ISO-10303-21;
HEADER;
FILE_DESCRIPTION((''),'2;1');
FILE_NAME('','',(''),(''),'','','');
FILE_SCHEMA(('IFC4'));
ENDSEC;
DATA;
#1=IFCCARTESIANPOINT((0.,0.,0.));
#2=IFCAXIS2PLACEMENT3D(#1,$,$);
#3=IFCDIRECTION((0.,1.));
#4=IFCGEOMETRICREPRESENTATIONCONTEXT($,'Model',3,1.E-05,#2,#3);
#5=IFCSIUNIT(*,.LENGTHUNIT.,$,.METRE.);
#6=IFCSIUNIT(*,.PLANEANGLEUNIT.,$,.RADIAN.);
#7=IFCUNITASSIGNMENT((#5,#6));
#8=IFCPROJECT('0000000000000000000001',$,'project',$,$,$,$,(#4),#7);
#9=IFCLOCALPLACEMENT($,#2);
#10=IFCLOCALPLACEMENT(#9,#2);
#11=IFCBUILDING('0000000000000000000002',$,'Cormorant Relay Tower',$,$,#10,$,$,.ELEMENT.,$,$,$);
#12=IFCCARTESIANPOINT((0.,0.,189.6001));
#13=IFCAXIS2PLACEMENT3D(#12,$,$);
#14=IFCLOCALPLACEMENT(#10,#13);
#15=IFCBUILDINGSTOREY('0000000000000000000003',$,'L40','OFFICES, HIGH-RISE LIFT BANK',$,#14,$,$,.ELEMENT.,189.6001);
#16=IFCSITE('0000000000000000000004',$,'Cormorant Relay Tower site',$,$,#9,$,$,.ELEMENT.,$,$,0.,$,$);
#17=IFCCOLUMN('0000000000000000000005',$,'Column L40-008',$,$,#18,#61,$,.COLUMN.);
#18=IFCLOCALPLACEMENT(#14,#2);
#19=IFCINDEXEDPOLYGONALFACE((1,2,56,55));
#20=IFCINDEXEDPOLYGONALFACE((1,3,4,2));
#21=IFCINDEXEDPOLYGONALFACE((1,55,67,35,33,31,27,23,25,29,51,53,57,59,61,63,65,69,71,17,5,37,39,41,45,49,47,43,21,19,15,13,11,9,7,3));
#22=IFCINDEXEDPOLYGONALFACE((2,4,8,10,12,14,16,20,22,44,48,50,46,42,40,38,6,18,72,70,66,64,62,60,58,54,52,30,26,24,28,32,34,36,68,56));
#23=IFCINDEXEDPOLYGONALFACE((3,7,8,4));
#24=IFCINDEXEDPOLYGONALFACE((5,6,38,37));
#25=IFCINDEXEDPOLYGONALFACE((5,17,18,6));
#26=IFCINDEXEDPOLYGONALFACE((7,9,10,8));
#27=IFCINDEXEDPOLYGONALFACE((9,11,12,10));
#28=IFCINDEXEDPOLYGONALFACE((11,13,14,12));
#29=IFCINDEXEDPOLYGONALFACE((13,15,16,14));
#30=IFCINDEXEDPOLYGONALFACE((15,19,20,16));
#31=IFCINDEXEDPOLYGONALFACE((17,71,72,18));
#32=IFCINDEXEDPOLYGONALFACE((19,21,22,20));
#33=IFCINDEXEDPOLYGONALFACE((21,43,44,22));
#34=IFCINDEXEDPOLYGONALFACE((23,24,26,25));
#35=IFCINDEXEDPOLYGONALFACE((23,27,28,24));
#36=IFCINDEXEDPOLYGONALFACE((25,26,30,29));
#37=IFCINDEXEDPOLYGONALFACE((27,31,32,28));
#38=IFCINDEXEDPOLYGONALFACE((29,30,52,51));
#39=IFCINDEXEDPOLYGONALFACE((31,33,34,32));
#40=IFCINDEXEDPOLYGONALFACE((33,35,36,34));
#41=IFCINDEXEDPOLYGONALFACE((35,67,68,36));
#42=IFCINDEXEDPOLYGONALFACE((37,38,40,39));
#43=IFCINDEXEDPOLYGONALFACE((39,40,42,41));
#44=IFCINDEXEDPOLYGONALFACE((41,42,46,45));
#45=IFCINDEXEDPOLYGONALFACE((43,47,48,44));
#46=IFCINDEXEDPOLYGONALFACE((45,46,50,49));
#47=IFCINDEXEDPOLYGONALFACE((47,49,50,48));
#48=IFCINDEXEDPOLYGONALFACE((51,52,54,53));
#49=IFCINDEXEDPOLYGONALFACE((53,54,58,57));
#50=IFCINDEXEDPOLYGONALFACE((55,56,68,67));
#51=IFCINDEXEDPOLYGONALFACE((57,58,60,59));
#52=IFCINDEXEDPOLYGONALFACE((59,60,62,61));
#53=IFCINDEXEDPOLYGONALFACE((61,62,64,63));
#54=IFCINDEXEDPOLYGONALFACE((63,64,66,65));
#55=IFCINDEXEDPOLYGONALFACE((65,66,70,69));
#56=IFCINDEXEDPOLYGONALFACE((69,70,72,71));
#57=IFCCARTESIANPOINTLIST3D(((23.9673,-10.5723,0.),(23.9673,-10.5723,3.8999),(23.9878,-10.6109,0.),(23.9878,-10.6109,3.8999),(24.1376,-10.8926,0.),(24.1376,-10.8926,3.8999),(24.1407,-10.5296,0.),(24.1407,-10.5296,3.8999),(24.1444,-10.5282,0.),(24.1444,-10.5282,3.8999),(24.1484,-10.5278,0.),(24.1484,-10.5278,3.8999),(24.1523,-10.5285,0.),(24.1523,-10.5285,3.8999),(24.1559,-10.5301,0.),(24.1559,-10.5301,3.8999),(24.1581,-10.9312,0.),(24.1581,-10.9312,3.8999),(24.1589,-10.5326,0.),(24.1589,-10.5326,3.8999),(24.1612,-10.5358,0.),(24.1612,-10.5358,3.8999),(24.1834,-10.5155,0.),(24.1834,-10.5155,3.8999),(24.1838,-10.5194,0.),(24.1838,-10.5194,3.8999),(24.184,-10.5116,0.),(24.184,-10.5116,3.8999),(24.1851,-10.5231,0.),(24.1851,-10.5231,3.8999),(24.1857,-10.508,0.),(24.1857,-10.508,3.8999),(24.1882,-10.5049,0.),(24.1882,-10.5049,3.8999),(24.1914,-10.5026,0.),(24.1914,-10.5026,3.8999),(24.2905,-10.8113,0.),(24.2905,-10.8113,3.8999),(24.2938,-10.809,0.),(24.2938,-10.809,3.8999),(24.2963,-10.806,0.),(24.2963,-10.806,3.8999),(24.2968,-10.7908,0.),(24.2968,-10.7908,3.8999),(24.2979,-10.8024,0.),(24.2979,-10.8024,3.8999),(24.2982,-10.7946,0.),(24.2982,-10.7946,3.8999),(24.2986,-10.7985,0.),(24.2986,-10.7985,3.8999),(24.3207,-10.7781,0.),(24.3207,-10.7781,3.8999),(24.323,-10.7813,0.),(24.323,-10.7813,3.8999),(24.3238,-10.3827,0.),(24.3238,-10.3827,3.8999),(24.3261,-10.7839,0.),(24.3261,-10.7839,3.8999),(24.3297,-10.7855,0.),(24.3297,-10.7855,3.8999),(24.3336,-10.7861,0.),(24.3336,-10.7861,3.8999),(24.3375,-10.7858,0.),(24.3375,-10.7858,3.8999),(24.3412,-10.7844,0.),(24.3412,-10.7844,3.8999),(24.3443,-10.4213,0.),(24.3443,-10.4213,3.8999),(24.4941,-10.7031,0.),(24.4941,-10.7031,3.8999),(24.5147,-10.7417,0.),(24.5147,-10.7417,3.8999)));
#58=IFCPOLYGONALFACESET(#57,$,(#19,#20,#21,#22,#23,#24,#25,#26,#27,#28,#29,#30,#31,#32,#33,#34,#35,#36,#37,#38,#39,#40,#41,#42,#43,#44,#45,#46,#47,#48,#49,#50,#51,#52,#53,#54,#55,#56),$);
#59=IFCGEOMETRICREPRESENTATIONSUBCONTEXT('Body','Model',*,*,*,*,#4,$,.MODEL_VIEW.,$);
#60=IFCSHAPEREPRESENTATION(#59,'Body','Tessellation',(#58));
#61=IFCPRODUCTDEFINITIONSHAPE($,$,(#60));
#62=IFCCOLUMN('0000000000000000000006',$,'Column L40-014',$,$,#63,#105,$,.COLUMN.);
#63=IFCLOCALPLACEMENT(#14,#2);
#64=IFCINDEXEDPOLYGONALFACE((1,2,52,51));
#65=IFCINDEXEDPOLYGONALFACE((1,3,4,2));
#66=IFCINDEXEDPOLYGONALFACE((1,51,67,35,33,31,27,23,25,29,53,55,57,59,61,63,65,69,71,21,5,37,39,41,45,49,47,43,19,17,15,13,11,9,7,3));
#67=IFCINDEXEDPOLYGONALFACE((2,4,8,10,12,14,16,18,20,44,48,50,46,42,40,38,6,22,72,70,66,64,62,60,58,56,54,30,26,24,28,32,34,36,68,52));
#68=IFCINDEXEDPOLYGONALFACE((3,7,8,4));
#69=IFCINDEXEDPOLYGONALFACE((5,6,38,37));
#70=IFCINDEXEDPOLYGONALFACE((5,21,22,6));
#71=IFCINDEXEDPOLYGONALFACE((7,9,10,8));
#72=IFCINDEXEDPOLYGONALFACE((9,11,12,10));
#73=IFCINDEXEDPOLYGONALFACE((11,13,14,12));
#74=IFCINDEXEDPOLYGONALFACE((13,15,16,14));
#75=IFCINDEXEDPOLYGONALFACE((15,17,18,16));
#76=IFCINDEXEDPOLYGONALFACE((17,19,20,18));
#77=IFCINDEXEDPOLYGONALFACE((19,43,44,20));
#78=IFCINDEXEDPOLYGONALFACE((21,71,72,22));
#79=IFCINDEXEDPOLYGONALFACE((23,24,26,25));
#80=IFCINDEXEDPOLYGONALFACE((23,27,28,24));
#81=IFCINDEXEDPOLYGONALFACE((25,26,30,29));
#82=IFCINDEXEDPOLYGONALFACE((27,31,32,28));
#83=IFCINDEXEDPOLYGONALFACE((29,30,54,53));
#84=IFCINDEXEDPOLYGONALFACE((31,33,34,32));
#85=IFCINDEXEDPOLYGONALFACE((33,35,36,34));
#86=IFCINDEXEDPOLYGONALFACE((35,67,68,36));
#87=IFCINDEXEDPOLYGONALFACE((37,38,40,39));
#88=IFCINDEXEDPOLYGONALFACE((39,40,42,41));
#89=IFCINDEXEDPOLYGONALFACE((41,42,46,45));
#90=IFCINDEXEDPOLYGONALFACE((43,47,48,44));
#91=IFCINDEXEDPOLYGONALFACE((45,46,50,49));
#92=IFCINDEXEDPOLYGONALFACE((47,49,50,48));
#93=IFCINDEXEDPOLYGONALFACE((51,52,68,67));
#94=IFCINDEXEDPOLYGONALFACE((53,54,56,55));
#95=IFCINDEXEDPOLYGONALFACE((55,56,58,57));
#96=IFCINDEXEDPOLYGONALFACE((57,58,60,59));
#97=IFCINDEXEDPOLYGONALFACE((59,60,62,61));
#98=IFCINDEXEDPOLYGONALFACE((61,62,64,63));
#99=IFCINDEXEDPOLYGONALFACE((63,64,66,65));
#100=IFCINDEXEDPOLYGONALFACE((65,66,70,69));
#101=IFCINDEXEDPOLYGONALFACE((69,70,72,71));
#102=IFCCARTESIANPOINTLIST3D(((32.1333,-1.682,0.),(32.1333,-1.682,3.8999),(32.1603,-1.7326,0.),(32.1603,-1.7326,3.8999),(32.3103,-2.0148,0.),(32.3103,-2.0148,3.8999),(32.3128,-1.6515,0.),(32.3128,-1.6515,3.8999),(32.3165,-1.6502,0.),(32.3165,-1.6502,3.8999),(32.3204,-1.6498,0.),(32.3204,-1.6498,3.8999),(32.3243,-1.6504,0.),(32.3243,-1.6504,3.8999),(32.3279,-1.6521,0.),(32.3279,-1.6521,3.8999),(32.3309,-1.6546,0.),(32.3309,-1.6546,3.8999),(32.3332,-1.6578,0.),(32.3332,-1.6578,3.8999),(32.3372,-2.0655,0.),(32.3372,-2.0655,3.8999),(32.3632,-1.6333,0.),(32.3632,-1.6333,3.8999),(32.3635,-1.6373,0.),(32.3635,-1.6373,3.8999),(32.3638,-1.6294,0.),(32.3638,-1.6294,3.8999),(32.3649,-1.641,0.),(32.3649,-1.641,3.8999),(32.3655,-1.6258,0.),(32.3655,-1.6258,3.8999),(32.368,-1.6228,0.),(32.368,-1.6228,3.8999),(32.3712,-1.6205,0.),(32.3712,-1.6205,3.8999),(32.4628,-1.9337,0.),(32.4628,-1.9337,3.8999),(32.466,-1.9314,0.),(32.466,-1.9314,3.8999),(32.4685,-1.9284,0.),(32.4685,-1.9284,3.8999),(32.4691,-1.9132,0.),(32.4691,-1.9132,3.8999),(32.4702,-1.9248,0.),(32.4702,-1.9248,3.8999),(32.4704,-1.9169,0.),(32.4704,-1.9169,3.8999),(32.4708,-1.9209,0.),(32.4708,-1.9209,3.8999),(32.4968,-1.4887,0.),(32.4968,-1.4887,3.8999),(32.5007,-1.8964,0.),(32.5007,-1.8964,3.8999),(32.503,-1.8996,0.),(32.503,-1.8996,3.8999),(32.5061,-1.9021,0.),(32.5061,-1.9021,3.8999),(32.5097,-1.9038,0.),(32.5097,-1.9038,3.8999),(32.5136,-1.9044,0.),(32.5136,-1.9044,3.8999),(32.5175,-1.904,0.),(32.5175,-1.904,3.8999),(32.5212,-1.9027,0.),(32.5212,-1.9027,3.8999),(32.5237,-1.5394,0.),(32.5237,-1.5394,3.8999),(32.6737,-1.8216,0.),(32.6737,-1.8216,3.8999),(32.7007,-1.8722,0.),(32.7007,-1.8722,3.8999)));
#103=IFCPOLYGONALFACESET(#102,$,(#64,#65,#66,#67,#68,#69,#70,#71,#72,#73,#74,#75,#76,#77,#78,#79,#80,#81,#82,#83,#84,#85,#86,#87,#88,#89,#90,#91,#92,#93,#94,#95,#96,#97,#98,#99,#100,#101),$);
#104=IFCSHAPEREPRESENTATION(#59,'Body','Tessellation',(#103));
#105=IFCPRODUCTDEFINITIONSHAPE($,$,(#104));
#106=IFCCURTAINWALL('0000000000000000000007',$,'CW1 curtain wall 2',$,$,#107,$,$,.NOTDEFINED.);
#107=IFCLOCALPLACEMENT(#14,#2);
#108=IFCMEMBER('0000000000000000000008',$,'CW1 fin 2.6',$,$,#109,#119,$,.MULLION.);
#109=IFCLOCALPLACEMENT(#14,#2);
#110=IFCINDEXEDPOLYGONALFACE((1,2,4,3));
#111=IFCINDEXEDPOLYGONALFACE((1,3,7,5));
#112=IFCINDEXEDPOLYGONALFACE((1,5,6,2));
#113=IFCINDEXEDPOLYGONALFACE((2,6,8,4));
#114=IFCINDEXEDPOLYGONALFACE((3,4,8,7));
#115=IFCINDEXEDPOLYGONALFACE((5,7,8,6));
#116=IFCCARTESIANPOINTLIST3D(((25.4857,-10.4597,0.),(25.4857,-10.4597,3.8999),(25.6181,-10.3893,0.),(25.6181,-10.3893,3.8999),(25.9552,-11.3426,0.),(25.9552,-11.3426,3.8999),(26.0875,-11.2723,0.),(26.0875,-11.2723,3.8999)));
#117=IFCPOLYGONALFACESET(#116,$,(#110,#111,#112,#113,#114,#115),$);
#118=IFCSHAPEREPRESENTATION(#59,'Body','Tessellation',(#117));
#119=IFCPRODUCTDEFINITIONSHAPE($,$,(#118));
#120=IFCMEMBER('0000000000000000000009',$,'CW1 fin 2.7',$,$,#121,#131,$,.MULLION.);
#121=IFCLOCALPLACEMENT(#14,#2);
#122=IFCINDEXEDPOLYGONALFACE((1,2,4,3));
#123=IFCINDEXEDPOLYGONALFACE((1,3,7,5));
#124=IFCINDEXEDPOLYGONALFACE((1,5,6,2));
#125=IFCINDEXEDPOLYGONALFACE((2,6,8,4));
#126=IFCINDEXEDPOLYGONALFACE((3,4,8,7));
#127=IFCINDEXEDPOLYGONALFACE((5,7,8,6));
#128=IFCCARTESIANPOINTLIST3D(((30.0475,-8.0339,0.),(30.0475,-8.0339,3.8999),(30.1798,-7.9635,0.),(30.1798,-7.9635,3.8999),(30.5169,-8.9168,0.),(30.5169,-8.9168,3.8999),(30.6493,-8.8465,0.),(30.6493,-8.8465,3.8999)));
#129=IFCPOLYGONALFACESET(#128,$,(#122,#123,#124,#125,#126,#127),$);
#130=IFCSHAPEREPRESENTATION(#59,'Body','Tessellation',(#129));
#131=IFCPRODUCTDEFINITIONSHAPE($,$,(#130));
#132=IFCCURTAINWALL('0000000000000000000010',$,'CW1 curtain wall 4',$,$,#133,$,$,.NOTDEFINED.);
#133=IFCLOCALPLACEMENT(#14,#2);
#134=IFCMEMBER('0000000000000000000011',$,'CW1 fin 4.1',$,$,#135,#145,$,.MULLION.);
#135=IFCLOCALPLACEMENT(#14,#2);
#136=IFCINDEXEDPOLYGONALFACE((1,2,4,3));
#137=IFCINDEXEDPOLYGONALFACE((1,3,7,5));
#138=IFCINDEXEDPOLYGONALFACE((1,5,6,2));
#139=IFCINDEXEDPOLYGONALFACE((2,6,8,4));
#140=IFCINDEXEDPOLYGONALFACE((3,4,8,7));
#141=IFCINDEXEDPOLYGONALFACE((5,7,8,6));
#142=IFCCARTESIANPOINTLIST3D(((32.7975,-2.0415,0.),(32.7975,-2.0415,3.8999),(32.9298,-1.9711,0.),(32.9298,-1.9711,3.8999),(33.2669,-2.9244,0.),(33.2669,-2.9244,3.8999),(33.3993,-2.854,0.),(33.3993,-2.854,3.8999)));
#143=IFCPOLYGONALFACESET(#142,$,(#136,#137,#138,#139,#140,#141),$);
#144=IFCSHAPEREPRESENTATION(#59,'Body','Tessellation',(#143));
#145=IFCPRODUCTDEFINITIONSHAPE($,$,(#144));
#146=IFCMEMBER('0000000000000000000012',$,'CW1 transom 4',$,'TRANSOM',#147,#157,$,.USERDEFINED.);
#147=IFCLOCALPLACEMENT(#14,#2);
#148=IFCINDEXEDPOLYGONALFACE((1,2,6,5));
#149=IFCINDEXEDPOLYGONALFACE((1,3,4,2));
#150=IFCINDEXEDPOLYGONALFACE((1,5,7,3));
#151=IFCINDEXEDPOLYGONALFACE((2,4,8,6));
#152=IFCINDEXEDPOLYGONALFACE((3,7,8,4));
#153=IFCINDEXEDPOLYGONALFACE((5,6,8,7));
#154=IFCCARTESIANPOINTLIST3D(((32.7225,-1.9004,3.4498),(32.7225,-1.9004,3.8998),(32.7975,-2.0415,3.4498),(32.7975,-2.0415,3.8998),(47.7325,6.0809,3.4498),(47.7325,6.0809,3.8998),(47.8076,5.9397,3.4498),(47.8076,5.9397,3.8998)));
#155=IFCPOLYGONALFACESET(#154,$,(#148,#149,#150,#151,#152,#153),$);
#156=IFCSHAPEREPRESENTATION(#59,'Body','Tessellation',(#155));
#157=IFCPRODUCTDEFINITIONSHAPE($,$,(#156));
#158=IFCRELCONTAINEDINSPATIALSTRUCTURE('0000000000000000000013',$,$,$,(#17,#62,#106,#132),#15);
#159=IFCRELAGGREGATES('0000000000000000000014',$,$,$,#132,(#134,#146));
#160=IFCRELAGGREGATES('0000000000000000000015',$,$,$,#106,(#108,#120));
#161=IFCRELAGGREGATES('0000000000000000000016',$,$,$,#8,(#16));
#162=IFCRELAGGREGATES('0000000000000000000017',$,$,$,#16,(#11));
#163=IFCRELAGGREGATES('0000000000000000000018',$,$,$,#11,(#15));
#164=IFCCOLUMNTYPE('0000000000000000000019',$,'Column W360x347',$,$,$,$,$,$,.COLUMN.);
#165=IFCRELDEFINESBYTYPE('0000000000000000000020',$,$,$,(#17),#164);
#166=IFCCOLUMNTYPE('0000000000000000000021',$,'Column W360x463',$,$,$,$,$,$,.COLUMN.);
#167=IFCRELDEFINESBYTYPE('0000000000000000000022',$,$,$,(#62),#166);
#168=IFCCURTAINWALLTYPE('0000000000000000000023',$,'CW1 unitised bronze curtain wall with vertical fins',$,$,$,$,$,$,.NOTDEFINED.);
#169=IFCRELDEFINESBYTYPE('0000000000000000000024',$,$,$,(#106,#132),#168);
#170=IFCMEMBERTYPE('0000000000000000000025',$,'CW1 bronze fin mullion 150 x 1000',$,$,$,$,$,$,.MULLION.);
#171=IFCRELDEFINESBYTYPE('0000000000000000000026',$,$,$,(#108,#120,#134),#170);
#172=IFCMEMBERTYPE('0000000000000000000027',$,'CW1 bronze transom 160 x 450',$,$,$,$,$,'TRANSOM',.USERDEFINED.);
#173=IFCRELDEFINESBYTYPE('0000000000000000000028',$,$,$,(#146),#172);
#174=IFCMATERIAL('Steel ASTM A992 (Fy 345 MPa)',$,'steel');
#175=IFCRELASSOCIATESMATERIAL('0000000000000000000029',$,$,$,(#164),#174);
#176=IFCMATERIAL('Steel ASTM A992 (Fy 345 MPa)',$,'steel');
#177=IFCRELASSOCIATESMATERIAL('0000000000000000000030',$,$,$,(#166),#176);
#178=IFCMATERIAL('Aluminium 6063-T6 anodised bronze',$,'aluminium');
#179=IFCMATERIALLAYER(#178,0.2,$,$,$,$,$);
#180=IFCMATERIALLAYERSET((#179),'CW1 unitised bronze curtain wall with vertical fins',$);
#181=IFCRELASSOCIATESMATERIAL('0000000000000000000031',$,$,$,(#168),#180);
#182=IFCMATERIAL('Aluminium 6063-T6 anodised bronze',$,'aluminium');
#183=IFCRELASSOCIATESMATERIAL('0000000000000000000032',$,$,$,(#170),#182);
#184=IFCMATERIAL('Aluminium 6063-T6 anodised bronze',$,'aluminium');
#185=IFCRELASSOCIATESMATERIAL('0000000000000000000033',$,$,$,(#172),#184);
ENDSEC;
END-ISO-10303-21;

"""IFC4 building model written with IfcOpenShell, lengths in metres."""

from ifc_helpers import new_model, si_unit, direction, frame, origin, origin_2d, place, context, subcontext, project, spatial, rectangle, i_section, extrude, material, layer, layer_set, material_profile, profile_set, type_object, element, aggregate, save


model = new_model("IFC4")

# Units and contexts
model_context = context("Model", 3, precision=1e-05, world=origin(), true_north=direction((0.0, 1.0)))
body_context = subcontext(model_context, "Body", "Model", "MODEL_VIEW")
ifc_project = project(units=[si_unit("LENGTHUNIT", "METRE"), si_unit("PLANEANGLEUNIT", "RADIAN")], contexts=[model_context])

# Site, building, storey
site_placement = place(None, origin())
site = spatial("IfcSite", under=ifc_project, at=site_placement, Name="Cormorant Relay Tower site", CompositionType="ELEMENT", RefElevation=0.0)
building_placement = place(site_placement, origin())
building = spatial("IfcBuilding", under=site, at=building_placement, Name="Cormorant Relay Tower", CompositionType="ELEMENT")
storey_placement = place(building_placement, frame((0.0, 0.0, 189.6001)))
storey = spatial("IfcBuildingStorey", under=building, at=storey_placement, Name="L40", Description="OFFICES, HIGH-RISE LIFT BANK", CompositionType="ELEMENT", Elevation=189.6001)

# Columns
ifc_material_1 = material(Name="Steel ASTM A992 (Fy 345 MPa)", Category="steel")
ifc_material_profile_1 = material_profile(ifc_material_1, i_section(OverallWidth=0.4038, OverallDepth=0.4065, WebThickness=0.0271, FlangeThickness=0.0437, FilletRadius=0.0151, at=origin_2d()), Name="W360x347")
ifc_profile_set_1 = profile_set([ifc_material_profile_1], Name="Steel ASTM A992 (Fy 345 MPa)")
column_type_1 = type_object("IfcColumnType", Name="Column W360x347", PredefinedType="COLUMN", material=ifc_profile_set_1)
column_1_placement = place(storey_placement, frame((24.241, -10.657, 0.0), z_axis=(0.0, 0.0, 1.0), x_axis=(0.882948, 0.469472, 0.0)))
element("IfcColumn", 1, at=column_1_placement, inside=storey, type_object=column_type_1, Name="Column L40-008", PredefinedType="COLUMN", context=body_context, shape_type="SweptSolid", body=[
    extrude(i_section(OverallWidth=0.4038, OverallDepth=0.4065, WebThickness=0.0271, FlangeThickness=0.0437, FilletRadius=0.0151, at=origin_2d()), origin(), (0.0, 0.0, 1.0), 3.8999),
])
ifc_material_2 = material(Name="Steel ASTM A992 (Fy 345 MPa)", Category="steel")
ifc_material_profile_2 = material_profile(ifc_material_2, i_section(OverallWidth=0.4116, OverallDepth=0.4343, WebThickness=0.0359, FlangeThickness=0.0574, FilletRadius=0.0151, at=origin_2d()), Name="W360x463")
ifc_profile_set_2 = profile_set([ifc_material_profile_2], Name="Steel ASTM A992 (Fy 345 MPa)")
column_type_2 = type_object("IfcColumnType", Name="Column W360x463", PredefinedType="COLUMN", material=ifc_profile_set_2)
column_2_placement = place(storey_placement, frame((32.417, -1.7771, 0.0), z_axis=(0.0, 0.0, 1.0), x_axis=(0.882948, 0.469472, 0.0)))
element("IfcColumn", 2, at=column_2_placement, inside=storey, type_object=column_type_2, Name="Column L40-014", PredefinedType="COLUMN", context=body_context, shape_type="SweptSolid", body=[
    extrude(i_section(OverallWidth=0.4116, OverallDepth=0.4343, WebThickness=0.0359, FlangeThickness=0.0574, FilletRadius=0.0151, at=origin_2d()), origin(), (0.0, 0.0, 1.0), 3.8999),
])

# Curtain walls, members
ifc_material_3 = material(Name="Aluminium 6063-T6 anodised bronze", Category="aluminium")
ifc_layer_1 = layer(ifc_material_3, 0.2)
ifc_layer_set_1 = layer_set([ifc_layer_1], Name="CW1 unitised bronze curtain wall with vertical fins")
curtain_wall_type = type_object("IfcCurtainWallType", Name="CW1 unitised bronze curtain wall with vertical fins", PredefinedType="NOTDEFINED", material=ifc_layer_set_1)
curtain_wall_1_placement = place(storey_placement, origin())
curtain_wall_1 = element("IfcCurtainWall", 3, at=curtain_wall_1_placement, inside=storey, type_object=curtain_wall_type, Name="CW1 curtain wall 2", PredefinedType="NOTDEFINED")
ifc_material_4 = material(Name="Aluminium 6063-T6 anodised bronze", Category="aluminium")
ifc_material_profile_3 = material_profile(ifc_material_4, rectangle(XDim=0.1499, YDim=1.0, at=origin_2d()), Name="AL 150x1000")
ifc_profile_set_3 = profile_set([ifc_material_profile_3], Name="Aluminium 6063-T6 anodised bronze")
member_type_1 = type_object("IfcMemberType", Name="CW1 bronze fin mullion 150 x 1000", PredefinedType="MULLION", material=ifc_profile_set_3)
member_1_placement = place(storey_placement, frame((25.7866, -10.866, 0.0), z_axis=(0.0, 0.0, 1.0), x_axis=(0.882948, 0.469472, 0.0)))
member_1 = element("IfcMember", 4, at=member_1_placement, type_object=member_type_1, Name="CW1 fin 2.6", PredefinedType="MULLION", context=body_context, shape_type="SweptSolid", body=[
    extrude(rectangle(XDim=0.1499, YDim=1.0, at=origin_2d()), origin(), (0.0, 0.0, 1.0), 3.8999),
])
member_2_placement = place(storey_placement, frame((30.3484, -8.4402, 0.0), z_axis=(0.0, 0.0, 1.0), x_axis=(0.882948, 0.469472, 0.0)))
member_2 = element("IfcMember", 5, at=member_2_placement, type_object=member_type_1, Name="CW1 fin 2.7", PredefinedType="MULLION", context=body_context, shape_type="SweptSolid", body=[
    extrude(rectangle(XDim=0.1499, YDim=1.0, at=origin_2d()), origin(), (0.0, 0.0, 1.0), 3.8999),
])
curtain_wall_2_placement = place(storey_placement, origin())
curtain_wall_2 = element("IfcCurtainWall", 6, at=curtain_wall_2_placement, inside=storey, type_object=curtain_wall_type, Name="CW1 curtain wall 4", PredefinedType="NOTDEFINED")
member_3_placement = place(storey_placement, frame((33.0984, -2.4478, 0.0), z_axis=(0.0, 0.0, 1.0), x_axis=(0.882948, 0.469472, 0.0)))
member_3 = element("IfcMember", 7, at=member_3_placement, type_object=member_type_1, Name="CW1 fin 4.1", PredefinedType="MULLION", context=body_context, shape_type="SweptSolid", body=[
    extrude(rectangle(XDim=0.1499, YDim=1.0, at=origin_2d()), origin(), (0.0, 0.0, 1.0), 3.8999),
])
ifc_material_5 = material(Name="Aluminium 6063-T6 anodised bronze", Category="aluminium")
ifc_material_profile_4 = material_profile(ifc_material_5, rectangle(XDim=0.1599, YDim=0.45, at=origin_2d()), Name="AL 160x450")
ifc_profile_set_4 = profile_set([ifc_material_profile_4], Name="Aluminium 6063-T6 anodised bronze")
member_type_2 = type_object("IfcMemberType", Name="CW1 bronze transom 160 x 450", ElementType="TRANSOM", PredefinedType="USERDEFINED", material=ifc_profile_set_4)
member_4_placement = place(storey_placement, frame((32.76, -1.9709, 3.6748), z_axis=(0.882942, 0.469482, 0.0), x_axis=(-0.469482, 0.882942, 0.0)))
member_4 = element("IfcMember", 8, at=member_4_placement, type_object=member_type_2, Name="CW1 transom 4", ObjectType="TRANSOM", PredefinedType="USERDEFINED", context=body_context, shape_type="SweptSolid", body=[
    extrude(rectangle(XDim=0.1599, YDim=0.45, at=origin_2d()), origin(), (0.0, 0.0, 1.0), 17.0),
])
aggregate(curtain_wall_2, [member_3, member_4])

aggregate(curtain_wall_1, [member_1, member_2])

save(model, "model.ifc")
